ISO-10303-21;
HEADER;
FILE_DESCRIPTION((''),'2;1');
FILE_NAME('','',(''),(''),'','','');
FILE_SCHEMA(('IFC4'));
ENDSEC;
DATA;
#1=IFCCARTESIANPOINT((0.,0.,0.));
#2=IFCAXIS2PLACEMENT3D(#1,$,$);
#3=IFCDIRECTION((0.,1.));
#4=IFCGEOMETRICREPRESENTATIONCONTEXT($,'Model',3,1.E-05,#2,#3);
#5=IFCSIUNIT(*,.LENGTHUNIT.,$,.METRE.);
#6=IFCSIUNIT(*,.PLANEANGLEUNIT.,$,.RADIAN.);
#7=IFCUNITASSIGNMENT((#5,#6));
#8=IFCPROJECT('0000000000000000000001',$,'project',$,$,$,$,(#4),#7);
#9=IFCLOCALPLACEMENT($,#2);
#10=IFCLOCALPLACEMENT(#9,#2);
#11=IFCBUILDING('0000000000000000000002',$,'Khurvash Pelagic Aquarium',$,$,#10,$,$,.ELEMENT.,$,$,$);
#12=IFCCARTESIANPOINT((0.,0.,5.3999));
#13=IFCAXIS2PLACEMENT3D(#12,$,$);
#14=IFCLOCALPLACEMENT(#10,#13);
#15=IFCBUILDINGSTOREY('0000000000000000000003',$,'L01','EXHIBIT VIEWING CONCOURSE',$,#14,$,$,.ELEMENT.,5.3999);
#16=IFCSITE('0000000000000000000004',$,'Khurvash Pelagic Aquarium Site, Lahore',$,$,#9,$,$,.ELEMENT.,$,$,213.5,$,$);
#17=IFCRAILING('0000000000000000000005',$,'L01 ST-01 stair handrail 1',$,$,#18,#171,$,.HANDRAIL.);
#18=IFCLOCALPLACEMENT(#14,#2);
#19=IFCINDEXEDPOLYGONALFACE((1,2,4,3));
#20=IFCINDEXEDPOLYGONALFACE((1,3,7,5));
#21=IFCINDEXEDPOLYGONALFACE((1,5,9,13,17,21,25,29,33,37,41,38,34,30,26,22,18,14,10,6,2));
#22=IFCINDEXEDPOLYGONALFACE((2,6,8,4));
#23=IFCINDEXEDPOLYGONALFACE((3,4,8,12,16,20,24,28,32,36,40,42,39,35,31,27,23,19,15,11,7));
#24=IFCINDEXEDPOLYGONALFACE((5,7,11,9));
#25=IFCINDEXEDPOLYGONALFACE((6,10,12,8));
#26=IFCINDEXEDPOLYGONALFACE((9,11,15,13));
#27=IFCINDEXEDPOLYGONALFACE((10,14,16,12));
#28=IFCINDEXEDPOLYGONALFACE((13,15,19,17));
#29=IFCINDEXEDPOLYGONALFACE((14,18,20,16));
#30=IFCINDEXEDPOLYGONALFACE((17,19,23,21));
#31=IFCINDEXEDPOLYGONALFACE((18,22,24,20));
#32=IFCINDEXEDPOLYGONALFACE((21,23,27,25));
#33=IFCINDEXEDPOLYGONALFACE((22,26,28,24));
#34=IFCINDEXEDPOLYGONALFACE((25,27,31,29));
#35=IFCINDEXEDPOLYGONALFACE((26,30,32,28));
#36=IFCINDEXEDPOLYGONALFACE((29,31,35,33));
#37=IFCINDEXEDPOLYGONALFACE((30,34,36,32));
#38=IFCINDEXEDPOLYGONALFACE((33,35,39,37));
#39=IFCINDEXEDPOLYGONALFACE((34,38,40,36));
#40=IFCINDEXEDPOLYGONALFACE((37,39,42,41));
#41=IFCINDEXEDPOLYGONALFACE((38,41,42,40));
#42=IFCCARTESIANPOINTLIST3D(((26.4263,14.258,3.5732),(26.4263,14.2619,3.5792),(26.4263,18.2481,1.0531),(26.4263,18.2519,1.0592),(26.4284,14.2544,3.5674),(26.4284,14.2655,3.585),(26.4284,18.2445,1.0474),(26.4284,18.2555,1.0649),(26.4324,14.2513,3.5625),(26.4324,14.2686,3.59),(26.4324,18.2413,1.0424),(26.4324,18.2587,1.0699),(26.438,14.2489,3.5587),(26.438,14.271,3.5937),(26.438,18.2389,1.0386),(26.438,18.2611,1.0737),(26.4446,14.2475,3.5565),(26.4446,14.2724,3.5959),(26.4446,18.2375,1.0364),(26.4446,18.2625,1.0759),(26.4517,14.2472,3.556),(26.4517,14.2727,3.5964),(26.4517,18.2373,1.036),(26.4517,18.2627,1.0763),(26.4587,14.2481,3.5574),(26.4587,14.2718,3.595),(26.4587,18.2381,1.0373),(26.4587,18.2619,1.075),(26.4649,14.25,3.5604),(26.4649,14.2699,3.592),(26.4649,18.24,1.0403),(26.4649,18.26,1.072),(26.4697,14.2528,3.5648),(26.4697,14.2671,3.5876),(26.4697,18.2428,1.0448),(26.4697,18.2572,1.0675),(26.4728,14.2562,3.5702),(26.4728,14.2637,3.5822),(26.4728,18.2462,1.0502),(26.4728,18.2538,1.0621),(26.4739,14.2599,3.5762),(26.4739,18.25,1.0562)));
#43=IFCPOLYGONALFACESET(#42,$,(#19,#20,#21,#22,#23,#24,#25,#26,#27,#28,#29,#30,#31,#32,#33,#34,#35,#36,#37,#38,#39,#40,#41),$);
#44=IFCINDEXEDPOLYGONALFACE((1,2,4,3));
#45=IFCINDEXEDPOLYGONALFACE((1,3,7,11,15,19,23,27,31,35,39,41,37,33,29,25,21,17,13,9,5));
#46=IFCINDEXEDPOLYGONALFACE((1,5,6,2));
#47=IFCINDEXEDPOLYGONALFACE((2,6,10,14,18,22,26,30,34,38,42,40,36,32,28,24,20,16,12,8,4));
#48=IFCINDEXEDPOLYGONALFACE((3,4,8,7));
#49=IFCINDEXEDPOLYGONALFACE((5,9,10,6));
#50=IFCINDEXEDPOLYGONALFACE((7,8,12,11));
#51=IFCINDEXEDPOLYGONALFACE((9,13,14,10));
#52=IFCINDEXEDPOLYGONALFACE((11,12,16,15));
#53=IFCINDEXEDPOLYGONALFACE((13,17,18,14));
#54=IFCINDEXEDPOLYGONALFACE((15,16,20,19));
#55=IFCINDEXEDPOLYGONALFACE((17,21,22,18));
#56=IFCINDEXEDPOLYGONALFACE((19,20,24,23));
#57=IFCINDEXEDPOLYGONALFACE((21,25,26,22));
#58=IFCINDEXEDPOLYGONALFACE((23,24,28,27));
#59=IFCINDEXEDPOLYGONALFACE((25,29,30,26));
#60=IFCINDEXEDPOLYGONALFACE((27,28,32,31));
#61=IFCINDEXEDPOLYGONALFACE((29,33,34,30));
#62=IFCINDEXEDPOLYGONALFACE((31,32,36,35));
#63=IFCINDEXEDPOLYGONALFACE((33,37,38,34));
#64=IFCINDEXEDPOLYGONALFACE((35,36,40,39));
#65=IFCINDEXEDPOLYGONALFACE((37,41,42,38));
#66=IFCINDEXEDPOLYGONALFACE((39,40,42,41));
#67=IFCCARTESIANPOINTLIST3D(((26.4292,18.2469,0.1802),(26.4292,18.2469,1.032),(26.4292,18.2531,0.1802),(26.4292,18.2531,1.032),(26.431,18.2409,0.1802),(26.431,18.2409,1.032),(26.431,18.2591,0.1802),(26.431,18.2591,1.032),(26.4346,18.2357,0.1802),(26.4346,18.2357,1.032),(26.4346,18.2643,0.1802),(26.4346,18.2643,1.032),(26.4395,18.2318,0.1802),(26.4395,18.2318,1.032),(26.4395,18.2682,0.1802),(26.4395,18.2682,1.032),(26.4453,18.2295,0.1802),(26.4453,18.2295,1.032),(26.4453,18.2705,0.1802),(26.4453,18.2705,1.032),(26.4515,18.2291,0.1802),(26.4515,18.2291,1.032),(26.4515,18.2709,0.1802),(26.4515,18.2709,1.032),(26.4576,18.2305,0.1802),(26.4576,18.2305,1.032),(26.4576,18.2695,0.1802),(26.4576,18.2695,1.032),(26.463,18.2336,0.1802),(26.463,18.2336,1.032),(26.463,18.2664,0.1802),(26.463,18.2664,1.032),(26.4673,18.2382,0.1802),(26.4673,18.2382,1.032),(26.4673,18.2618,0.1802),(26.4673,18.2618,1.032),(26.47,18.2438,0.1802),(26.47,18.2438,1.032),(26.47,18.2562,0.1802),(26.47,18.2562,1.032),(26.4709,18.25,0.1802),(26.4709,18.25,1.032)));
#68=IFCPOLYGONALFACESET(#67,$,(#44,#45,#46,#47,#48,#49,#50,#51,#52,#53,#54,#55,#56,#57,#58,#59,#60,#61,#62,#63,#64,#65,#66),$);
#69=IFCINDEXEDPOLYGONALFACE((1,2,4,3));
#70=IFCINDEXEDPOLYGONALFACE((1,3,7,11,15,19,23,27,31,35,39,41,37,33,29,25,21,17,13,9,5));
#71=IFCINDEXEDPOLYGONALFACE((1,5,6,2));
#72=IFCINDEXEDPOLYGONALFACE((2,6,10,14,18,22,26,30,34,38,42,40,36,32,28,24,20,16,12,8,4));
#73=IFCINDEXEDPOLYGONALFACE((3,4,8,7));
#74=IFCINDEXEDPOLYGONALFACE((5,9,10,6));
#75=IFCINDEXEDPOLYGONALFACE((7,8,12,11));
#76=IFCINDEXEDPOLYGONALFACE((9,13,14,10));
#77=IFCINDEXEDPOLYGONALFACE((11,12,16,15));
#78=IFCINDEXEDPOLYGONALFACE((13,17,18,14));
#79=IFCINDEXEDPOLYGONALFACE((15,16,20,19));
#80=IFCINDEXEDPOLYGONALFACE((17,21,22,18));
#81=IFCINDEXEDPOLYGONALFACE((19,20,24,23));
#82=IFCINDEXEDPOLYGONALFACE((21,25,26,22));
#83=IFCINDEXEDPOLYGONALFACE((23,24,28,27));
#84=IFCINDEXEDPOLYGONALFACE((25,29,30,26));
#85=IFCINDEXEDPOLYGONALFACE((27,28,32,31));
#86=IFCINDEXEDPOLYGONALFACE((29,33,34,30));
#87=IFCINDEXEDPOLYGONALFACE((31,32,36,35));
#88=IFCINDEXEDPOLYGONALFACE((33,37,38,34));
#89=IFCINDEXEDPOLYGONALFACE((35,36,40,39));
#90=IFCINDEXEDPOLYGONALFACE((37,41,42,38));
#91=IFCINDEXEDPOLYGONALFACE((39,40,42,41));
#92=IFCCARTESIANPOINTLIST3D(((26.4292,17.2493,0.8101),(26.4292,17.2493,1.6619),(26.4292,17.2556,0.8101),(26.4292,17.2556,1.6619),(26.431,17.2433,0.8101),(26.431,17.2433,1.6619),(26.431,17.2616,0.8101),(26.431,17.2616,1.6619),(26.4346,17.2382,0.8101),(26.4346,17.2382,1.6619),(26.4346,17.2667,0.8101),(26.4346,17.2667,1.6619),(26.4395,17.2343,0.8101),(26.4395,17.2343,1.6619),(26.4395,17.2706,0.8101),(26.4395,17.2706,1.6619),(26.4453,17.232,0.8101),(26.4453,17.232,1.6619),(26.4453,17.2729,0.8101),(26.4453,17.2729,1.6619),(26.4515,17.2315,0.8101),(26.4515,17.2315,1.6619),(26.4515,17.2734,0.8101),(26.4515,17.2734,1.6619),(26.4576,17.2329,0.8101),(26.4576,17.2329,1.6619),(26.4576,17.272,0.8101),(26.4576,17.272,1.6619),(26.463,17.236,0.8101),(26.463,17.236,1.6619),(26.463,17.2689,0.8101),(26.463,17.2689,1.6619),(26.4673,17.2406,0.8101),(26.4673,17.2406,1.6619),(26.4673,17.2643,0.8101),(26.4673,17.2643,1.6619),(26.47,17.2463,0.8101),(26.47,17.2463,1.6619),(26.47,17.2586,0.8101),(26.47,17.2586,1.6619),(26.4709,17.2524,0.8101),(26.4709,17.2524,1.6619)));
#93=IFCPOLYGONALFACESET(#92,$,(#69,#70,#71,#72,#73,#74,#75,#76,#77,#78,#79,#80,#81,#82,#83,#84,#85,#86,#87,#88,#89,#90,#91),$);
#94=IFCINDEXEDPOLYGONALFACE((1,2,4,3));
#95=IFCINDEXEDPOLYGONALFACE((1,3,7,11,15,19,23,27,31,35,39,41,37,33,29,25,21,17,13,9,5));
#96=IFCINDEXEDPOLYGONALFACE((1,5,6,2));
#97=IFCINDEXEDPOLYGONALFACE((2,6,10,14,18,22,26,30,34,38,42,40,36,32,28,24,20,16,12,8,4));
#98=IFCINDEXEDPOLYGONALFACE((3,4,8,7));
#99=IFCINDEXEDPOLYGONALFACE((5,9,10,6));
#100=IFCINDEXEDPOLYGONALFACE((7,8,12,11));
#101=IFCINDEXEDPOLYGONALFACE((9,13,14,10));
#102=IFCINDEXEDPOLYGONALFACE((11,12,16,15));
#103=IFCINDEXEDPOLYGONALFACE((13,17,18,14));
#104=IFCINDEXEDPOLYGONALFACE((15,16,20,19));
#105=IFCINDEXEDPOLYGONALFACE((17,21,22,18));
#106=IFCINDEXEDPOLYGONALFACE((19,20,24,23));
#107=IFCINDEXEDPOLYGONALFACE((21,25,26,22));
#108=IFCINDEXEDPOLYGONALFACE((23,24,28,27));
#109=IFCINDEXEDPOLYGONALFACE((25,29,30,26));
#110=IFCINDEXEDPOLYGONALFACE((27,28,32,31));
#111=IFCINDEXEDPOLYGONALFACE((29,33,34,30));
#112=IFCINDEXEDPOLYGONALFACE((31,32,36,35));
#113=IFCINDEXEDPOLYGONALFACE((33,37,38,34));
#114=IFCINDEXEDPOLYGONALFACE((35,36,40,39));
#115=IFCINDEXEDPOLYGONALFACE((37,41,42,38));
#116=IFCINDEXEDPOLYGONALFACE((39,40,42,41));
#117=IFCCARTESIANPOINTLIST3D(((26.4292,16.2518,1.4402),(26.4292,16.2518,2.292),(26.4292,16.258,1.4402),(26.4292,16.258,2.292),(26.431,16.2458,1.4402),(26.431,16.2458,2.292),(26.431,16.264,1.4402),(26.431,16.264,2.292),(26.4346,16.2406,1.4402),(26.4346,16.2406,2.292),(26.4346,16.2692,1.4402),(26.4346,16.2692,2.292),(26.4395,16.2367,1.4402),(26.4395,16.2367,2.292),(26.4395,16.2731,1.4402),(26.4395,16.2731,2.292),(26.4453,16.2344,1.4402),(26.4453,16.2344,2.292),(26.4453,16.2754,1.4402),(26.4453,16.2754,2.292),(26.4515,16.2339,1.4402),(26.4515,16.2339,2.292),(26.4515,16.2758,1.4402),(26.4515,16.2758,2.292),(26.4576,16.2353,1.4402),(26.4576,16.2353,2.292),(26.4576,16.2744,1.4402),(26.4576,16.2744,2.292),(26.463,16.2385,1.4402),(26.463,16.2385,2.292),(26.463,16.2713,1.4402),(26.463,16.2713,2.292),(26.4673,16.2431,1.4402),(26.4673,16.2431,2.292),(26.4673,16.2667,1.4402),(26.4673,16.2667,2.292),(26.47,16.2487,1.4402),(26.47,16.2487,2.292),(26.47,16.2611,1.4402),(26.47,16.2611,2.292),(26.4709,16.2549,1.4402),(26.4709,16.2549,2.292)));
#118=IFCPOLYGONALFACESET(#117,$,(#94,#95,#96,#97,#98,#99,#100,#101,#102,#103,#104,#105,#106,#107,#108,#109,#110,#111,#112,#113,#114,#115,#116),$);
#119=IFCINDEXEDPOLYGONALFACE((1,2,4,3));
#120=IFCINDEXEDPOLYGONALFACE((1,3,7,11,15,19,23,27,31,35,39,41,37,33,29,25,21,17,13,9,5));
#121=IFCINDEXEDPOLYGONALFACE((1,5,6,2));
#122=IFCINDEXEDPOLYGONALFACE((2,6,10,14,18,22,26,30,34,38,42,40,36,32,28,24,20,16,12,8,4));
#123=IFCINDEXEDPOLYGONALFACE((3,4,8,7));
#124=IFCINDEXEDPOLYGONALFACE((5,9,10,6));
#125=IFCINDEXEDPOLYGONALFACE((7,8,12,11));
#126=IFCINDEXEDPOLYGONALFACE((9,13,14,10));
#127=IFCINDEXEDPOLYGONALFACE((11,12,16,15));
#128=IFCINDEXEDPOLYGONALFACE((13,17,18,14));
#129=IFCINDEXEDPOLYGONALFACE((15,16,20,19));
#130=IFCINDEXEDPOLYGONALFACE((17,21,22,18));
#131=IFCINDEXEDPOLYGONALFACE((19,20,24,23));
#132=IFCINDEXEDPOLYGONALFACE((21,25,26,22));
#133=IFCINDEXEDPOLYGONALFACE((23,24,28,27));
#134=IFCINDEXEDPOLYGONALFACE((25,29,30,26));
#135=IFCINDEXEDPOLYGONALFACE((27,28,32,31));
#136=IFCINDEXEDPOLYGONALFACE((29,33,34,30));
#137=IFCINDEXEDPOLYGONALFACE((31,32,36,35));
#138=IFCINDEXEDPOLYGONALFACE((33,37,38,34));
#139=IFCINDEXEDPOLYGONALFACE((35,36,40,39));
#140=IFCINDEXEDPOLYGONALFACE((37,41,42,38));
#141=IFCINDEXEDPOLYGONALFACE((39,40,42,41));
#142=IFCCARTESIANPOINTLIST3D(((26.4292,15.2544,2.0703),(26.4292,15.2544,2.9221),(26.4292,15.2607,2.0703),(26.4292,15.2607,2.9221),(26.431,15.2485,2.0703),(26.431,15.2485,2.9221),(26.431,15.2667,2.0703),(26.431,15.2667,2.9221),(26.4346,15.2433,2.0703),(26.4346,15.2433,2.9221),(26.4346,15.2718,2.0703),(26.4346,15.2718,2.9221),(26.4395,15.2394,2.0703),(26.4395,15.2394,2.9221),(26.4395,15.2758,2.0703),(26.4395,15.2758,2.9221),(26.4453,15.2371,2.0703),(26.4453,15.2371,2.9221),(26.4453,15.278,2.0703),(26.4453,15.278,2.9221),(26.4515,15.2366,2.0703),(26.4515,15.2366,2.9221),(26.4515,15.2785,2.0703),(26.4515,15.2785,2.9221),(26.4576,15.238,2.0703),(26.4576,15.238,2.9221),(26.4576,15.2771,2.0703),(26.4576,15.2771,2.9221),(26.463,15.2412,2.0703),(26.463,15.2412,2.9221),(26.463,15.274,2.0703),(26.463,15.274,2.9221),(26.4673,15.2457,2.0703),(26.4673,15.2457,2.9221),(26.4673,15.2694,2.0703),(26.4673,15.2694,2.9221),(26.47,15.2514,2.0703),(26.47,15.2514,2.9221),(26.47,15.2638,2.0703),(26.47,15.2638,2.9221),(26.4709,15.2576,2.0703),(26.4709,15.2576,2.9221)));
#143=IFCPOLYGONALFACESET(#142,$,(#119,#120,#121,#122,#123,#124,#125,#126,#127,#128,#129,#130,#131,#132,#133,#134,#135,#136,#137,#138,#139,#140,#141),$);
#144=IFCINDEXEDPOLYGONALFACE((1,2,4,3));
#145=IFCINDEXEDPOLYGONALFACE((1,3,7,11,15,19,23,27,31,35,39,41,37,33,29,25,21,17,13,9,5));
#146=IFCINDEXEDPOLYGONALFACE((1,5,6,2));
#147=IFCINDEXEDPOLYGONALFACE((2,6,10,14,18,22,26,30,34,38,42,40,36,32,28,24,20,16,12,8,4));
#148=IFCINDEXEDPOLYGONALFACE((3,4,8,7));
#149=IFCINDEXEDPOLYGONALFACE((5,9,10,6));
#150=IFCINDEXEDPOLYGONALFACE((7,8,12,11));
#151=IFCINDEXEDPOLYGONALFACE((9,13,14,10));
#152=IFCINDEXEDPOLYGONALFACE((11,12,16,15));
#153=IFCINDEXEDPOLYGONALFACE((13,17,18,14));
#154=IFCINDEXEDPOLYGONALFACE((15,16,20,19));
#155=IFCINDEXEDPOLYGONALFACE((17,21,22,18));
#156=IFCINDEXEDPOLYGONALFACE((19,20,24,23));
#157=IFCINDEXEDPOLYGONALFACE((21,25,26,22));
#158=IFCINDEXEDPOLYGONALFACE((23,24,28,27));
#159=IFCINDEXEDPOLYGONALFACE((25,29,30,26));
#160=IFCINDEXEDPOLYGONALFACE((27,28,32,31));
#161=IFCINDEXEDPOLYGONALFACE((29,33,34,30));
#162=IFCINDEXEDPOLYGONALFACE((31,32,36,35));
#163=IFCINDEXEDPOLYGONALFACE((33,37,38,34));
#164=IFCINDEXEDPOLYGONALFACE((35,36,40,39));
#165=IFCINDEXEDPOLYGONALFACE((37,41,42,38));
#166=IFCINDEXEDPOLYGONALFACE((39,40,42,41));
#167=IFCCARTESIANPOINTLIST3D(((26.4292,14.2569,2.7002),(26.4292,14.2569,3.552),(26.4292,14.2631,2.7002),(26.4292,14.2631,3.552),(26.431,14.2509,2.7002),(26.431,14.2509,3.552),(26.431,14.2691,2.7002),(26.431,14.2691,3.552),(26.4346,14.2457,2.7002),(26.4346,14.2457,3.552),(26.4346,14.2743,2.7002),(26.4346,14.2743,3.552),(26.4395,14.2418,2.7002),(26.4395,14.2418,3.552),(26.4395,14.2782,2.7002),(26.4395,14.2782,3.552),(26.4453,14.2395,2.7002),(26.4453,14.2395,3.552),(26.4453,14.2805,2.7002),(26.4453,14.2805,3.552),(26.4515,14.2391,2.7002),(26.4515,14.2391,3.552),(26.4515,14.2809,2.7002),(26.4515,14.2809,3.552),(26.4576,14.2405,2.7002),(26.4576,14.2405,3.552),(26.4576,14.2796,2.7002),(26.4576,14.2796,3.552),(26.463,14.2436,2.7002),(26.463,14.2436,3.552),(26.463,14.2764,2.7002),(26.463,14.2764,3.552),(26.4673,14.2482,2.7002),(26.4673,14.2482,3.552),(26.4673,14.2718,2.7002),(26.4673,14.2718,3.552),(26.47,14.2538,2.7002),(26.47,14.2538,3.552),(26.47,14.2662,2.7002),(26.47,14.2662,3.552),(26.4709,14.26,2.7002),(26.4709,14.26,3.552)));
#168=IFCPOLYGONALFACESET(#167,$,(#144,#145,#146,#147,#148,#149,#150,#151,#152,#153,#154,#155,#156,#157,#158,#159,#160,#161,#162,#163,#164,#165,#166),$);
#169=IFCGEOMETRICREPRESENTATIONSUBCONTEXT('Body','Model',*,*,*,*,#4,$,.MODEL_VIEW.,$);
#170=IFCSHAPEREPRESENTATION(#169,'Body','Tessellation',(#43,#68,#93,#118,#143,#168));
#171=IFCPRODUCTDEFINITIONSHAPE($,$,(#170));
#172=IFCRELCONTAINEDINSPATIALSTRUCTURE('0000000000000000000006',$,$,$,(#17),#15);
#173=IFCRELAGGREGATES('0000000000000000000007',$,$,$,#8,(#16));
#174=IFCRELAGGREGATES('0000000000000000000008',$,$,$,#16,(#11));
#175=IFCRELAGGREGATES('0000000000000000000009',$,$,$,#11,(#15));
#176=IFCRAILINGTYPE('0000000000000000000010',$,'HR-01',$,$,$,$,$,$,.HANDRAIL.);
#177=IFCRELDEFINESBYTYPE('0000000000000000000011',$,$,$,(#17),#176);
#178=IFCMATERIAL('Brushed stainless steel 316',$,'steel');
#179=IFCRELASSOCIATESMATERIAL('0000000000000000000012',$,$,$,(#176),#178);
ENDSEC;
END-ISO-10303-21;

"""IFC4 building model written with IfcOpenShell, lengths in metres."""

from ifc_helpers import new_model, si_unit, direction, frame, origin, origin_2d, place, context, subcontext, project, spatial, circle, extrude, material, type_object, element, save


model = new_model("IFC4")

# Units and contexts
model_context = context("Model", 3, precision=1e-05, world=origin(), true_north=direction((0.0, 1.0)))
body_context = subcontext(model_context, "Body", "Model", "MODEL_VIEW")
ifc_project = project(units=[si_unit("LENGTHUNIT", "METRE"), si_unit("PLANEANGLEUNIT", "RADIAN")], contexts=[model_context])

# Site, building, storey
site_placement = place(None, origin())
site = spatial("IfcSite", under=ifc_project, at=site_placement, Name="Khurvash Pelagic Aquarium Site, Lahore", CompositionType="ELEMENT", RefElevation=213.5)
building_placement = place(site_placement, origin())
building = spatial("IfcBuilding", under=site, at=building_placement, Name="Khurvash Pelagic Aquarium", CompositionType="ELEMENT")
storey_placement = place(building_placement, frame((0.0, 0.0, 5.3999)))
storey = spatial("IfcBuildingStorey", under=building, at=storey_placement, Name="L01", Description="EXHIBIT VIEWING CONCOURSE", CompositionType="ELEMENT", Elevation=5.3999)

# Railing
ifc_material_1 = material(Name="Brushed stainless steel 316", Category="steel")
railing_type_1 = type_object("IfcRailingType", Name="HR-01", PredefinedType="HANDRAIL", material=ifc_material_1)
railing_1_placement = place(storey_placement, frame((26.45, 18.25, 0.1802)))
element("IfcRailing", 1, at=railing_1_placement, inside=storey, type_object=railing_type_1, Name="L01 ST-01 stair handrail 1", PredefinedType="HANDRAIL", context=body_context, shape_type="SweptSolid", body=[
    extrude(circle(Radius=0.0239, at=origin_2d()), frame((0.0, 0.0, 0.876), z_axis=(0.0, -0.845486, 0.533997), x_axis=(1.0, 0.0, 0.0)), (0.0, 0.0, 1.0), 4.7192),
    extrude(circle(Radius=0.021, at=origin_2d()), origin(), (0.0, 0.0, 1.0), 0.8518),
    extrude(circle(Radius=0.021, at=origin_2d()), frame((0.0, -0.9976, 0.6299)), (0.0, 0.0, 1.0), 0.8518),
    extrude(circle(Radius=0.021, at=origin_2d()), frame((0.0, -1.9951, 1.26)), (0.0, 0.0, 1.0), 0.8518),
    extrude(circle(Radius=0.021, at=origin_2d()), frame((0.0, -2.9924, 1.8901)), (0.0, 0.0, 1.0), 0.8518),
    extrude(circle(Radius=0.021, at=origin_2d()), frame((0.0, -3.99, 2.52)), (0.0, 0.0, 1.0), 0.8518),
])

save(model, "model.ifc")
